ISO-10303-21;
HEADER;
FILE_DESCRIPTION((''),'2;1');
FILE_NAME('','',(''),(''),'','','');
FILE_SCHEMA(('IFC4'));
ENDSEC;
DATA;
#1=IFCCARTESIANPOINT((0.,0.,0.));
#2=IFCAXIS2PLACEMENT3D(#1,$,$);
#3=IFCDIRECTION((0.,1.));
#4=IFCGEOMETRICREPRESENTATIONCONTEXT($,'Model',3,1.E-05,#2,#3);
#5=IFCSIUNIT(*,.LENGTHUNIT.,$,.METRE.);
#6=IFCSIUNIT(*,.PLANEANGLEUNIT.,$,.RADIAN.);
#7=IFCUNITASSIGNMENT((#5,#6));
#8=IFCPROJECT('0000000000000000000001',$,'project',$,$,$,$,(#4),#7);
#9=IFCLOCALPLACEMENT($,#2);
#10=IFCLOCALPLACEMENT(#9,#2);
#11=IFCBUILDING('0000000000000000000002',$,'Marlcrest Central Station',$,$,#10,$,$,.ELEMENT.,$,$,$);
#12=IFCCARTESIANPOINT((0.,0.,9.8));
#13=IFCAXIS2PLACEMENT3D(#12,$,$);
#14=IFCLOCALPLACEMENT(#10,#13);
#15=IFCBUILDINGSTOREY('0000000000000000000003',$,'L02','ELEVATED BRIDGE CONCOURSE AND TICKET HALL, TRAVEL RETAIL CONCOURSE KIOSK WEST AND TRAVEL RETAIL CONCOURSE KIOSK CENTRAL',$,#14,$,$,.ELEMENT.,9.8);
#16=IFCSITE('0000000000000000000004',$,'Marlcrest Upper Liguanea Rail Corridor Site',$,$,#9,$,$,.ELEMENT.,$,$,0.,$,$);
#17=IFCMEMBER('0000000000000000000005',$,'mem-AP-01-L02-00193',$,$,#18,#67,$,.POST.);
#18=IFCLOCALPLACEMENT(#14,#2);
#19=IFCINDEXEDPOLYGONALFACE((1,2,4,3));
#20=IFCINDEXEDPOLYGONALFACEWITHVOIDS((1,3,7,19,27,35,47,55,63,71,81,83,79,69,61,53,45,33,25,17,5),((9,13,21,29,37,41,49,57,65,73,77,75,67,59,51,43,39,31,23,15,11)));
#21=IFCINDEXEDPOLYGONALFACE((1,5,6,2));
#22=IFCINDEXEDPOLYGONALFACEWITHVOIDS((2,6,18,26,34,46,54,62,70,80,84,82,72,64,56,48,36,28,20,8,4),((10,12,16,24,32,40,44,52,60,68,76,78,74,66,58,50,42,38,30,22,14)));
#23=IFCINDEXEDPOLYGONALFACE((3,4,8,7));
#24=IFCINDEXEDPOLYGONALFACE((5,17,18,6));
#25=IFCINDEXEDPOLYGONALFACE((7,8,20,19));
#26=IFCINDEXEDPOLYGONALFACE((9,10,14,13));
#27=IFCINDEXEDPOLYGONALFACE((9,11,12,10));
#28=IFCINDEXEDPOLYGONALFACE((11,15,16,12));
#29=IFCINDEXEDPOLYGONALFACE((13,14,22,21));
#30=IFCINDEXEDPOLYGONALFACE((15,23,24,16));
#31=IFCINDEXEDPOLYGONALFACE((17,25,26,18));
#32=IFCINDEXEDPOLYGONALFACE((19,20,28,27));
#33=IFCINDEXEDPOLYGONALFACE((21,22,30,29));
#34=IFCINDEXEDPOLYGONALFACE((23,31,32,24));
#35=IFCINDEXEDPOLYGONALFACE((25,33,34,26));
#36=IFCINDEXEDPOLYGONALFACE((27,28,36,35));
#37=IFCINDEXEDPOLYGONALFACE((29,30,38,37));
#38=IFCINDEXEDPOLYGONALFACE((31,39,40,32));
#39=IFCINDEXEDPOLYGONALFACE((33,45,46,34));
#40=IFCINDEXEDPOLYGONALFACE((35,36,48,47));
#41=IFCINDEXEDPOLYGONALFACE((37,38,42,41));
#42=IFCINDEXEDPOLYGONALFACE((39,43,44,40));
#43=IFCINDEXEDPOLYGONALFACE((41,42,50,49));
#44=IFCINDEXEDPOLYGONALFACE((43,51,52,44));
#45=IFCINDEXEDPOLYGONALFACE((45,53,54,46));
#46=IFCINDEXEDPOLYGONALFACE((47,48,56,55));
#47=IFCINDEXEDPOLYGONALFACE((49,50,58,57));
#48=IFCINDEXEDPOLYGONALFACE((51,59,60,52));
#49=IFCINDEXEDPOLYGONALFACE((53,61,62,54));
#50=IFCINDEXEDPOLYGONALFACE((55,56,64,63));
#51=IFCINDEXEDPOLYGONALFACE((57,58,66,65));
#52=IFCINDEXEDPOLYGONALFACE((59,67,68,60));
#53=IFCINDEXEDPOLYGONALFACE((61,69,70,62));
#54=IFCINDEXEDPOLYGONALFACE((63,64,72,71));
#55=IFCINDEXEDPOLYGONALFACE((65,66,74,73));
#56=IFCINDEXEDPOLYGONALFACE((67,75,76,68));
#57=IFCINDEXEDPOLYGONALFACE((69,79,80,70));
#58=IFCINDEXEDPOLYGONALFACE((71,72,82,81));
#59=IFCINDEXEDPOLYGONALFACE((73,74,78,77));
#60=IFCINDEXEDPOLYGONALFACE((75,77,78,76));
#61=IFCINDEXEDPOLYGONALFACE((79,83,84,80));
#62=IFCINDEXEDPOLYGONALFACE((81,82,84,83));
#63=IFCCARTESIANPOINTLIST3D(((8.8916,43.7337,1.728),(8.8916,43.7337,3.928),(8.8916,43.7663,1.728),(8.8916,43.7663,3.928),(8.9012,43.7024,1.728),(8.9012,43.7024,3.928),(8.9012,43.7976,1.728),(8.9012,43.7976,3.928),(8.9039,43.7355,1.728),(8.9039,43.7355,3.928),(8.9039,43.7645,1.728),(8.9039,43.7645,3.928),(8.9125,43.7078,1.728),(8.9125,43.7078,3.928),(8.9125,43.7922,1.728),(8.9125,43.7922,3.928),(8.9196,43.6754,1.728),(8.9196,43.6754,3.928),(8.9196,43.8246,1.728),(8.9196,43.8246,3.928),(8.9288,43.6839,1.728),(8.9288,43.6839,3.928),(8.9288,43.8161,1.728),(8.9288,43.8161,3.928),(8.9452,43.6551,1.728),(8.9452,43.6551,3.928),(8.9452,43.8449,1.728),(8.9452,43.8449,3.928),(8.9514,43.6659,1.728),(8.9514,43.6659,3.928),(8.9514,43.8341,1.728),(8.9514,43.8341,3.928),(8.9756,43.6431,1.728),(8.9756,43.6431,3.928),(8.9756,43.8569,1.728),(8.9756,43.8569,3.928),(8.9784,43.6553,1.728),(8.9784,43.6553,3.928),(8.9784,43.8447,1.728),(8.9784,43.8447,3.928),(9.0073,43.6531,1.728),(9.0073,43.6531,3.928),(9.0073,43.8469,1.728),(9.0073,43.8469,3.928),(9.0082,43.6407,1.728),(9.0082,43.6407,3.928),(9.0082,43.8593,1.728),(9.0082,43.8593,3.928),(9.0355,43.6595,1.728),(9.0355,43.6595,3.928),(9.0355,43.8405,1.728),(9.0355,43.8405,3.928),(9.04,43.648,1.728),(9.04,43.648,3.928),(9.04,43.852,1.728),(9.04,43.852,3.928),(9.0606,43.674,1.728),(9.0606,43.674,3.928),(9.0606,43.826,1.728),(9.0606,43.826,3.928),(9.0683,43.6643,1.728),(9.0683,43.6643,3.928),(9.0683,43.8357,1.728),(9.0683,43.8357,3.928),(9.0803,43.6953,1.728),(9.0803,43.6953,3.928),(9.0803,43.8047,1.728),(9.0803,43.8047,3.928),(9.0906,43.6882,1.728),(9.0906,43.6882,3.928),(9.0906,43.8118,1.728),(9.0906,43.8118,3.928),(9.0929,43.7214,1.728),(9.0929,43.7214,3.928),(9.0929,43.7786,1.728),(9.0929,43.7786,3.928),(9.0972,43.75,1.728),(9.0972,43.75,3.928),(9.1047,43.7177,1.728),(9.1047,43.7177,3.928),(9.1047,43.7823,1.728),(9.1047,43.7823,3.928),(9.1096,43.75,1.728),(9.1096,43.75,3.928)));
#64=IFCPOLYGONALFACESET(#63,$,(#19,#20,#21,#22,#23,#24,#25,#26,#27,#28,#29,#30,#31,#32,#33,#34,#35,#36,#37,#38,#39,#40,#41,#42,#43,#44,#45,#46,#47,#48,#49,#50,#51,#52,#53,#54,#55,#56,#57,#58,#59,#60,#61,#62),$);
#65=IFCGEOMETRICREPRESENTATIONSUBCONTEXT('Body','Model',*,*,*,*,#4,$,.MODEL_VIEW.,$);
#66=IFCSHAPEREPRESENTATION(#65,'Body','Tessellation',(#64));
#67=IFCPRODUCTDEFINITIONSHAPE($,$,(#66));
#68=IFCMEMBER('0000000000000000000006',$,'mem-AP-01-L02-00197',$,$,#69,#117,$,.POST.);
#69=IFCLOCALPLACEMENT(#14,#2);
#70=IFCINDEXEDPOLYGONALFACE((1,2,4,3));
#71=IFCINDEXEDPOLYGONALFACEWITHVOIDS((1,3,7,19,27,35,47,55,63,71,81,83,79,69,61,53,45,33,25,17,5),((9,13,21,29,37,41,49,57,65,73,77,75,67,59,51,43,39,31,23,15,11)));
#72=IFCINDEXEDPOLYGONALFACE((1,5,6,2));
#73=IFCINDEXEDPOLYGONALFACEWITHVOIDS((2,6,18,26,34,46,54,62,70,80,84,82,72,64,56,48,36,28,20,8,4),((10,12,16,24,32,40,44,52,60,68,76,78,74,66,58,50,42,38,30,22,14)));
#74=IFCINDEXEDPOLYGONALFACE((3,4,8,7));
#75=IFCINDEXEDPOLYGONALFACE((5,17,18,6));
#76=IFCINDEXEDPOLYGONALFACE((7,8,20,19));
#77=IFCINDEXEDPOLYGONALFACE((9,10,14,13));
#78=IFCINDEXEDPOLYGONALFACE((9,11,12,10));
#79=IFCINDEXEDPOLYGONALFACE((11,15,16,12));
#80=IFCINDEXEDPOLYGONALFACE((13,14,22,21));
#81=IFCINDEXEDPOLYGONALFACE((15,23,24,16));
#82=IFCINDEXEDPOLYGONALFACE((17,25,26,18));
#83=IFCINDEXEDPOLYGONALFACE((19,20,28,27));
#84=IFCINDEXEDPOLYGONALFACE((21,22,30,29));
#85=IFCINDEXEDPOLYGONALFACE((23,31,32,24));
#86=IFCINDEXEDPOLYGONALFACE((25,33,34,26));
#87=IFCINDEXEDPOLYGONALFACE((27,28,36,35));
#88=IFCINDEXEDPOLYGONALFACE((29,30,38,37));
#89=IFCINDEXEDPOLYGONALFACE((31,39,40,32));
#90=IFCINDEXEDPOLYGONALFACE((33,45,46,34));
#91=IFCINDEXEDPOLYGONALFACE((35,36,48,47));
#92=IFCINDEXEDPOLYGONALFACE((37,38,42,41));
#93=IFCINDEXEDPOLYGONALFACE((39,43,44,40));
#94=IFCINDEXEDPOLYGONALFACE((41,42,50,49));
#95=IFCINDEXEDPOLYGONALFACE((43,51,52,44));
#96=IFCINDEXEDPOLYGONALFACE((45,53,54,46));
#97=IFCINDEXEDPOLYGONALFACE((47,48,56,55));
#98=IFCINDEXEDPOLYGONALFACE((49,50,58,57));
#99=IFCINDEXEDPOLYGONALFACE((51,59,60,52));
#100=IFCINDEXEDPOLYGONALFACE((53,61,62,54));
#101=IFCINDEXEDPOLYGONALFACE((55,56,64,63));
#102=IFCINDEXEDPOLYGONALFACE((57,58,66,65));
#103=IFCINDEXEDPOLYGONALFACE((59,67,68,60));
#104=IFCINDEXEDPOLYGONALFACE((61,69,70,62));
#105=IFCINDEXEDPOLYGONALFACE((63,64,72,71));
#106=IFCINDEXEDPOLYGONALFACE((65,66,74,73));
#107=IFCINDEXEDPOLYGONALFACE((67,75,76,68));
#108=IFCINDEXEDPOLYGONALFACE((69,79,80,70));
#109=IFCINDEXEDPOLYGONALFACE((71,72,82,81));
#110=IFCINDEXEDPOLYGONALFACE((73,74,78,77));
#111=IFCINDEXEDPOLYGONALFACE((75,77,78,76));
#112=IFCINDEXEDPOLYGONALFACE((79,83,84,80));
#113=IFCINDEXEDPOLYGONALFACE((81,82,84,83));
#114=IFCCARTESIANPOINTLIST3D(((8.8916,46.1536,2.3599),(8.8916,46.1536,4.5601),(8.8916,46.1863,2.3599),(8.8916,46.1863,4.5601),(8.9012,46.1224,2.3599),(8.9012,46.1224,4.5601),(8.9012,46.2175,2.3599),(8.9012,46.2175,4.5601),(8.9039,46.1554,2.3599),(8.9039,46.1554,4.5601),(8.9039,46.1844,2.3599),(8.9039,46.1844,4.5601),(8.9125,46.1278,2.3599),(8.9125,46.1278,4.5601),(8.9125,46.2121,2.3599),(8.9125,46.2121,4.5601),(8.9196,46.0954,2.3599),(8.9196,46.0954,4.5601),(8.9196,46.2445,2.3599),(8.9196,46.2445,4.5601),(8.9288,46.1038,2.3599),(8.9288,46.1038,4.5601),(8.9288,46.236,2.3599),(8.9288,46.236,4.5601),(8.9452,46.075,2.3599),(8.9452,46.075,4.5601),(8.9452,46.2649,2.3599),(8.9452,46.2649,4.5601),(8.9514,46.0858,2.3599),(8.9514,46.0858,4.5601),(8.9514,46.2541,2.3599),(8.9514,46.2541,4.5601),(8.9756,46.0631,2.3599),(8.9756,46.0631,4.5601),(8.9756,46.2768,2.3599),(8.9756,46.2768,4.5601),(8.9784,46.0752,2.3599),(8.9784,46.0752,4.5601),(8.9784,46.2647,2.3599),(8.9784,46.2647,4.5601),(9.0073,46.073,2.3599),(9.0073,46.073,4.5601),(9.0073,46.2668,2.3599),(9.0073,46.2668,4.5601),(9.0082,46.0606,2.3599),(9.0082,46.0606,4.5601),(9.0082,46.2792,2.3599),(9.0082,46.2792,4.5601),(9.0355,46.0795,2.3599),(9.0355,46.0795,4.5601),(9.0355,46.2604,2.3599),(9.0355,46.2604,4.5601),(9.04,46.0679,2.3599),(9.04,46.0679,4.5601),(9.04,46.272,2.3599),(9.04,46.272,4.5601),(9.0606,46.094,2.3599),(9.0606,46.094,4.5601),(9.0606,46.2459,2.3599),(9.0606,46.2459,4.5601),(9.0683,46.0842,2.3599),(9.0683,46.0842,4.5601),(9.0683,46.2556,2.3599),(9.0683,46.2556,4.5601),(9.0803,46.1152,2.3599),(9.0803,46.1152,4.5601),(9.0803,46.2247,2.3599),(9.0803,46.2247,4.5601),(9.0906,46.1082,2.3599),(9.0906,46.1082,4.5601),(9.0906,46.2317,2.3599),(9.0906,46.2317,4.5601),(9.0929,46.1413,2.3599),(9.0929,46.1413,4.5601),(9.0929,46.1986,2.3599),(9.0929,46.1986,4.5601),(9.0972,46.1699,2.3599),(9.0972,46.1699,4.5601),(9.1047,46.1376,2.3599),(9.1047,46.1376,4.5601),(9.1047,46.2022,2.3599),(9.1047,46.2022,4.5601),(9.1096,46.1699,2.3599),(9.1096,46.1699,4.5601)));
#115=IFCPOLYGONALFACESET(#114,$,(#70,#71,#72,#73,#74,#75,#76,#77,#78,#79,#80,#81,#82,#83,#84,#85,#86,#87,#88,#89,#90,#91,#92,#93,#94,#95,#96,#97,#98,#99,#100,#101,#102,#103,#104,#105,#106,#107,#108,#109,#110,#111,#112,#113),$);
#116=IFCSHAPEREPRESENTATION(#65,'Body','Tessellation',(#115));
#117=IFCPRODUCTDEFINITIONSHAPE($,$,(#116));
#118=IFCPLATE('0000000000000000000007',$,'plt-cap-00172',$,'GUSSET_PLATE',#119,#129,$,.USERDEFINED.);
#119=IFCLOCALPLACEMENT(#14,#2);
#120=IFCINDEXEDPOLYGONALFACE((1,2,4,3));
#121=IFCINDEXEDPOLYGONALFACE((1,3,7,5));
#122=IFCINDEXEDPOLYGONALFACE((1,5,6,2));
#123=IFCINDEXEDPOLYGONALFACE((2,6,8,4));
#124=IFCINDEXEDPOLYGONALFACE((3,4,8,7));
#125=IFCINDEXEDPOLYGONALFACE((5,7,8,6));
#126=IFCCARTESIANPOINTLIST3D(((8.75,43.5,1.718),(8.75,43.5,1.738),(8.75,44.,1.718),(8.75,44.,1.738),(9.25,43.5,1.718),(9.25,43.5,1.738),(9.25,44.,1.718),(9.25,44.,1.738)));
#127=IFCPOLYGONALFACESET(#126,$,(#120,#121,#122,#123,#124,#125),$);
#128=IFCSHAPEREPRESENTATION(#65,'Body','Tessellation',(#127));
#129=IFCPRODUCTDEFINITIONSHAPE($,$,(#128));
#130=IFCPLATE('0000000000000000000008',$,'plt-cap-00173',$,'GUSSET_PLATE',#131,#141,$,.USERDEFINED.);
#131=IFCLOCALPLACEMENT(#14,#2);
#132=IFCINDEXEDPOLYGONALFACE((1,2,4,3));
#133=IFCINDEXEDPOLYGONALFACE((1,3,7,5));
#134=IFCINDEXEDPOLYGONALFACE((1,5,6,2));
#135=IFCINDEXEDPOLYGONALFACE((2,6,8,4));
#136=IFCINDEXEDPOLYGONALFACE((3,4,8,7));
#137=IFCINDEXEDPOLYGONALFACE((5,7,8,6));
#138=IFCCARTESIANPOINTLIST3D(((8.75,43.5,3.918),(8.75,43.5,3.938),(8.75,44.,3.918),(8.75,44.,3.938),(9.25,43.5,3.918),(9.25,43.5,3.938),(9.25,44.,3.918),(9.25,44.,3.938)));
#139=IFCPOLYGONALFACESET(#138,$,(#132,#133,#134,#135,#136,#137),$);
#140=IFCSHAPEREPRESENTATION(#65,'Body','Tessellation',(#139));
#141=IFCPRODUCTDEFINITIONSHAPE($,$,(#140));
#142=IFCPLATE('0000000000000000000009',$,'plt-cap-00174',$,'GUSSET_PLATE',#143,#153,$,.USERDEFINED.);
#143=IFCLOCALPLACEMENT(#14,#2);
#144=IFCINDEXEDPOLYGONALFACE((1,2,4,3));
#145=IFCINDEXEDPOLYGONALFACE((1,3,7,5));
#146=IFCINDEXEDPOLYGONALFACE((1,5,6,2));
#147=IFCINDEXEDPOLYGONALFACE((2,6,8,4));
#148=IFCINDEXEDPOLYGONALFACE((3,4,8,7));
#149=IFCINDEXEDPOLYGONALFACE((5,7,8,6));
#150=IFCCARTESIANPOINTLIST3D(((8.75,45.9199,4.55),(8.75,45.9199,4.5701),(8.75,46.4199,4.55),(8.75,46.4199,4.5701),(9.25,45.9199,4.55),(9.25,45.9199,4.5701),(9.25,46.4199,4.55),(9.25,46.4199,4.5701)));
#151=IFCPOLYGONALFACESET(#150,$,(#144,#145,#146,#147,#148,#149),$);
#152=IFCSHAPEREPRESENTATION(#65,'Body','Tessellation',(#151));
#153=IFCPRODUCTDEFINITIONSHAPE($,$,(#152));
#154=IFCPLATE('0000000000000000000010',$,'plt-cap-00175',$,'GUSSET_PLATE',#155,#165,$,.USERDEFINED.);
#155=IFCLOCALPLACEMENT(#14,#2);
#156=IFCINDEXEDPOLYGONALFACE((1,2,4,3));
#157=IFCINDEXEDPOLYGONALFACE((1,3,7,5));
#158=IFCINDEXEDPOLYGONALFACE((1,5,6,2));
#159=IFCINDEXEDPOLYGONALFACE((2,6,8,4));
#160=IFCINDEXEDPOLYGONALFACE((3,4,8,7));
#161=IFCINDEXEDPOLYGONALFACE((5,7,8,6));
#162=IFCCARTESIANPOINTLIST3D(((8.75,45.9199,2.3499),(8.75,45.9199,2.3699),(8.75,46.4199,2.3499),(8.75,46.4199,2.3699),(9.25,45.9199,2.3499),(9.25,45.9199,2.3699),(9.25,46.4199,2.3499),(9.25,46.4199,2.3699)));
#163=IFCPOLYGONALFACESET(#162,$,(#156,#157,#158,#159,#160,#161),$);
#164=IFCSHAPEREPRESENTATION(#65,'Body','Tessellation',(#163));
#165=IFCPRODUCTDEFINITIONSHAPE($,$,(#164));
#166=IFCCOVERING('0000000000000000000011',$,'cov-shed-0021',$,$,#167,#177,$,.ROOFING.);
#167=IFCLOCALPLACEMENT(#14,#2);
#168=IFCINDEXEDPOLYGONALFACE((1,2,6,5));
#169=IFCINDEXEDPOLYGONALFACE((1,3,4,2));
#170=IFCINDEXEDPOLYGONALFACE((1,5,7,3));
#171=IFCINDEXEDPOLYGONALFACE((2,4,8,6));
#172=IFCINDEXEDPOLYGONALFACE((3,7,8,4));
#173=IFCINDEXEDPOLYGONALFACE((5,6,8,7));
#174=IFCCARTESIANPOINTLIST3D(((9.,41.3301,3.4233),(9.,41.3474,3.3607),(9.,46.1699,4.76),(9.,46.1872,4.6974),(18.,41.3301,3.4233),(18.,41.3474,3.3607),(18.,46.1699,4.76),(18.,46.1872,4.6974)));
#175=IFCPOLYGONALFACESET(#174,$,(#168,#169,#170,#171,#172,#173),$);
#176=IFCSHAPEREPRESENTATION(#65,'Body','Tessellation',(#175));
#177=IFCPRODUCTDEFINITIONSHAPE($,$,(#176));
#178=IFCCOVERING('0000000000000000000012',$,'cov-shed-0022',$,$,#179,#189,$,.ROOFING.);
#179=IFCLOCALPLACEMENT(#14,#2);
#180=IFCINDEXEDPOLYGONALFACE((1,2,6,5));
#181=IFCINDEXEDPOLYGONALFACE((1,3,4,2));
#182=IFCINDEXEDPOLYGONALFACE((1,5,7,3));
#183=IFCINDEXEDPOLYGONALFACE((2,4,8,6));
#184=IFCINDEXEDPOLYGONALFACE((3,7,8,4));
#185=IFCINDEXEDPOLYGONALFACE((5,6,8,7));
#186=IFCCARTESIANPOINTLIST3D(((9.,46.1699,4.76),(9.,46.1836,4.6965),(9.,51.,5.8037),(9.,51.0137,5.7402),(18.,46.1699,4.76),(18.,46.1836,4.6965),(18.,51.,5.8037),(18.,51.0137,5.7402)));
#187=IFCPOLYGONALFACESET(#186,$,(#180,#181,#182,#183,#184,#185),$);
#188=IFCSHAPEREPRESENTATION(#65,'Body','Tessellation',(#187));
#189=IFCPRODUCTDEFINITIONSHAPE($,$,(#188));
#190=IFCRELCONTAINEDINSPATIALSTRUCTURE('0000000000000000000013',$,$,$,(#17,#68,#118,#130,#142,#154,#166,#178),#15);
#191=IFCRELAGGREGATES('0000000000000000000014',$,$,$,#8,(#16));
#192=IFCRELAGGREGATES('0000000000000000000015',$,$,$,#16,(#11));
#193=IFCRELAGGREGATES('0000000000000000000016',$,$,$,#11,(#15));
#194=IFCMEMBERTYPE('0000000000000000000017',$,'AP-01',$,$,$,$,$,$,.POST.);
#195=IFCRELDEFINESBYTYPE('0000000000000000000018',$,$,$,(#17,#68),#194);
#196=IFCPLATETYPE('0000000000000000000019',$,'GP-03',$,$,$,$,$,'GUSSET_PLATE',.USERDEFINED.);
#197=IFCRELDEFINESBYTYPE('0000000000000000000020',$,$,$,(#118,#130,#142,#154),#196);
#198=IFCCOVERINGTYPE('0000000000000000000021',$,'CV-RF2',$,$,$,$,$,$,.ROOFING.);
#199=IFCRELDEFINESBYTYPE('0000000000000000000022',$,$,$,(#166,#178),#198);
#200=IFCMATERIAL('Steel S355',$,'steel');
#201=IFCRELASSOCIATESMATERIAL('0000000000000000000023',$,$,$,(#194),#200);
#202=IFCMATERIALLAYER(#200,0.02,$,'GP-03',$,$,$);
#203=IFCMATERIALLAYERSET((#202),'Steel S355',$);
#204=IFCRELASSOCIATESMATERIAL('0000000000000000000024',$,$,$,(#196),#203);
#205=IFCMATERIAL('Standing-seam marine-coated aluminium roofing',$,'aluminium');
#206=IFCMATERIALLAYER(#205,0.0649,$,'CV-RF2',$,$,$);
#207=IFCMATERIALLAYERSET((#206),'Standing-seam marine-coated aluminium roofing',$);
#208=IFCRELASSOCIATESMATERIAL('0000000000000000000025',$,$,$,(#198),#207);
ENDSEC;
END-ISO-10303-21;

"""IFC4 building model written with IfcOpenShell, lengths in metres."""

from ifc_helpers import new_model, si_unit, direction, frame, origin, origin_2d, place, context, subcontext, project, spatial, polyline, rectangle, hollow_circle, outline, extrude, material, layer, layer_set, material_profile, profile_set, type_object, element, save


model = new_model("IFC4")

# Units and contexts
model_context = context("Model", 3, precision=1e-05, world=origin(), true_north=direction((0.0, 1.0)))
body_context = subcontext(model_context, "Body", "Model", "MODEL_VIEW")
ifc_project = project(units=[si_unit("LENGTHUNIT", "METRE"), si_unit("PLANEANGLEUNIT", "RADIAN")], contexts=[model_context])

# Site, building, storey
site_placement = place(None, origin())
site = spatial("IfcSite", under=ifc_project, at=site_placement, Name="Marlcrest Upper Liguanea Rail Corridor Site", CompositionType="ELEMENT", RefElevation=0.0)
building_placement = place(site_placement, origin())
building = spatial("IfcBuilding", under=site, at=building_placement, Name="Marlcrest Central Station", CompositionType="ELEMENT")
storey_placement = place(building_placement, frame((0.0, 0.0, 9.8)))
storey = spatial("IfcBuildingStorey", under=building, at=storey_placement, Name="L02", Description="ELEVATED BRIDGE CONCOURSE AND TICKET HALL, TRAVEL RETAIL CONCOURSE KIOSK WEST AND TRAVEL RETAIL CONCOURSE KIOSK CENTRAL", CompositionType="ELEMENT", Elevation=9.8)

# Members
ifc_material_1 = material(Name="Steel S355", Category="steel")
ifc_material_profile_1 = material_profile(ifc_material_1, hollow_circle(Radius=0.1096, WallThickness=0.0125, at=origin_2d()), Name="CHS 219.1x12.5")
ifc_profile_set_1 = profile_set([ifc_material_profile_1], Name="Steel S355")
member_type_1 = type_object("IfcMemberType", Name="AP-01", PredefinedType="POST", material=ifc_profile_set_1)
member_1_placement = place(storey_placement, frame((9.0, 43.75, 1.728), z_axis=(0.0, 0.0, 1.0), x_axis=(1.0, 0.0, 0.0)))
element("IfcMember", 1, at=member_1_placement, inside=storey, type_object=member_type_1, Name="mem-AP-01-L02-00193", PredefinedType="POST", context=body_context, shape_type="SweptSolid", body=[
    extrude(hollow_circle(Radius=0.1096, WallThickness=0.0125, at=origin_2d()), origin(), (0.0, 0.0, 1.0), 2.2),
])
member_2_placement = place(storey_placement, frame((9.0, 46.1699, 2.3599), z_axis=(0.0, 0.0, 1.0), x_axis=(1.0, 0.0, 0.0)))
element("IfcMember", 2, at=member_2_placement, inside=storey, type_object=member_type_1, Name="mem-AP-01-L02-00197", PredefinedType="POST", context=body_context, shape_type="SweptSolid", body=[
    extrude(hollow_circle(Radius=0.1096, WallThickness=0.0125, at=origin_2d()), origin(), (0.0, 0.0, 1.0), 2.2002),
])

# Plates
ifc_layer_1 = layer(ifc_material_1, 0.02, Name="GP-03")
ifc_layer_set_1 = layer_set([ifc_layer_1], Name="Steel S355")
plate_type = type_object("IfcPlateType", Name="GP-03", ElementType="GUSSET_PLATE", PredefinedType="USERDEFINED", material=ifc_layer_set_1)
for number, where, z_axis, x_axis, name in (
    (3, (9.0, 43.75, 1.718), (0.0, 0.0, 1.0), (1.0, 0.0, 0.0), "plt-cap-00172"),
    (4, (9.0, 43.75, 3.918), (0.0, 0.0, 1.0), (1.0, 0.0, 0.0), "plt-cap-00173"),
    (5, (9.0, 46.1699, 4.55), (0.0, 0.0, 1.0), (1.0, 0.0, 0.0), "plt-cap-00174"),
    (6, (9.0, 46.1699, 2.3499), (0.0, 0.0, 1.0), (1.0, 0.0, 0.0), "plt-cap-00175"),
):
    element("IfcPlate", number, at=place(storey_placement, frame(where, z_axis=z_axis, x_axis=x_axis)), inside=storey, type_object=plate_type, Name=name, ObjectType="GUSSET_PLATE", PredefinedType="USERDEFINED", context=body_context, shape_type="SweptSolid", body=[
        extrude(rectangle(XDim=0.5, YDim=0.5, at=origin_2d()), origin(), (0.0, 0.0, 1.0), 0.02),
    ])

# Coverings
ifc_material_2 = material(Name="Standing-seam marine-coated aluminium roofing", Category="aluminium")
ifc_layer_2 = layer(ifc_material_2, 0.0649, Name="CV-RF2")
ifc_layer_set_2 = layer_set([ifc_layer_2], Name="Standing-seam marine-coated aluminium roofing")
covering_type = type_object("IfcCoveringType", Name="CV-RF2", PredefinedType="ROOFING", material=ifc_layer_set_2)
covering_1_placement = place(storey_placement, frame((9.0, 41.3301, 3.4233), z_axis=(0.0, -0.266214, 0.963914), x_axis=(1.0, 0.0, 0.0)))
element("IfcCovering", 7, at=covering_1_placement, inside=storey, type_object=covering_type, Name="cov-shed-0021", PredefinedType="ROOFING", context=body_context, shape_type="SweptSolid", body=[
    extrude(outline(polyline([(0.0, 0.0), (9.0, 0.0), (9.0, 5.021), (0.0, 5.021), (0.0, 0.0)])), origin(), (0.0, 0.0, -1.0), 0.0649),
])
covering_2_placement = place(storey_placement, frame((9.0, 46.1699, 4.76), z_axis=(0.0, -0.211209, 0.977441), x_axis=(1.0, 0.0, 0.0)))
element("IfcCovering", 8, at=covering_2_placement, inside=storey, type_object=covering_type, Name="cov-shed-0022", PredefinedType="ROOFING", context=body_context, shape_type="SweptSolid", body=[
    extrude(outline(polyline([(0.0, 0.0), (9.0, 0.0), (9.0, 4.9416), (0.0, 4.9416), (0.0, 0.0)])), origin(), (0.0, 0.0, -1.0), 0.0649),
])

save(model, "model.ifc")
